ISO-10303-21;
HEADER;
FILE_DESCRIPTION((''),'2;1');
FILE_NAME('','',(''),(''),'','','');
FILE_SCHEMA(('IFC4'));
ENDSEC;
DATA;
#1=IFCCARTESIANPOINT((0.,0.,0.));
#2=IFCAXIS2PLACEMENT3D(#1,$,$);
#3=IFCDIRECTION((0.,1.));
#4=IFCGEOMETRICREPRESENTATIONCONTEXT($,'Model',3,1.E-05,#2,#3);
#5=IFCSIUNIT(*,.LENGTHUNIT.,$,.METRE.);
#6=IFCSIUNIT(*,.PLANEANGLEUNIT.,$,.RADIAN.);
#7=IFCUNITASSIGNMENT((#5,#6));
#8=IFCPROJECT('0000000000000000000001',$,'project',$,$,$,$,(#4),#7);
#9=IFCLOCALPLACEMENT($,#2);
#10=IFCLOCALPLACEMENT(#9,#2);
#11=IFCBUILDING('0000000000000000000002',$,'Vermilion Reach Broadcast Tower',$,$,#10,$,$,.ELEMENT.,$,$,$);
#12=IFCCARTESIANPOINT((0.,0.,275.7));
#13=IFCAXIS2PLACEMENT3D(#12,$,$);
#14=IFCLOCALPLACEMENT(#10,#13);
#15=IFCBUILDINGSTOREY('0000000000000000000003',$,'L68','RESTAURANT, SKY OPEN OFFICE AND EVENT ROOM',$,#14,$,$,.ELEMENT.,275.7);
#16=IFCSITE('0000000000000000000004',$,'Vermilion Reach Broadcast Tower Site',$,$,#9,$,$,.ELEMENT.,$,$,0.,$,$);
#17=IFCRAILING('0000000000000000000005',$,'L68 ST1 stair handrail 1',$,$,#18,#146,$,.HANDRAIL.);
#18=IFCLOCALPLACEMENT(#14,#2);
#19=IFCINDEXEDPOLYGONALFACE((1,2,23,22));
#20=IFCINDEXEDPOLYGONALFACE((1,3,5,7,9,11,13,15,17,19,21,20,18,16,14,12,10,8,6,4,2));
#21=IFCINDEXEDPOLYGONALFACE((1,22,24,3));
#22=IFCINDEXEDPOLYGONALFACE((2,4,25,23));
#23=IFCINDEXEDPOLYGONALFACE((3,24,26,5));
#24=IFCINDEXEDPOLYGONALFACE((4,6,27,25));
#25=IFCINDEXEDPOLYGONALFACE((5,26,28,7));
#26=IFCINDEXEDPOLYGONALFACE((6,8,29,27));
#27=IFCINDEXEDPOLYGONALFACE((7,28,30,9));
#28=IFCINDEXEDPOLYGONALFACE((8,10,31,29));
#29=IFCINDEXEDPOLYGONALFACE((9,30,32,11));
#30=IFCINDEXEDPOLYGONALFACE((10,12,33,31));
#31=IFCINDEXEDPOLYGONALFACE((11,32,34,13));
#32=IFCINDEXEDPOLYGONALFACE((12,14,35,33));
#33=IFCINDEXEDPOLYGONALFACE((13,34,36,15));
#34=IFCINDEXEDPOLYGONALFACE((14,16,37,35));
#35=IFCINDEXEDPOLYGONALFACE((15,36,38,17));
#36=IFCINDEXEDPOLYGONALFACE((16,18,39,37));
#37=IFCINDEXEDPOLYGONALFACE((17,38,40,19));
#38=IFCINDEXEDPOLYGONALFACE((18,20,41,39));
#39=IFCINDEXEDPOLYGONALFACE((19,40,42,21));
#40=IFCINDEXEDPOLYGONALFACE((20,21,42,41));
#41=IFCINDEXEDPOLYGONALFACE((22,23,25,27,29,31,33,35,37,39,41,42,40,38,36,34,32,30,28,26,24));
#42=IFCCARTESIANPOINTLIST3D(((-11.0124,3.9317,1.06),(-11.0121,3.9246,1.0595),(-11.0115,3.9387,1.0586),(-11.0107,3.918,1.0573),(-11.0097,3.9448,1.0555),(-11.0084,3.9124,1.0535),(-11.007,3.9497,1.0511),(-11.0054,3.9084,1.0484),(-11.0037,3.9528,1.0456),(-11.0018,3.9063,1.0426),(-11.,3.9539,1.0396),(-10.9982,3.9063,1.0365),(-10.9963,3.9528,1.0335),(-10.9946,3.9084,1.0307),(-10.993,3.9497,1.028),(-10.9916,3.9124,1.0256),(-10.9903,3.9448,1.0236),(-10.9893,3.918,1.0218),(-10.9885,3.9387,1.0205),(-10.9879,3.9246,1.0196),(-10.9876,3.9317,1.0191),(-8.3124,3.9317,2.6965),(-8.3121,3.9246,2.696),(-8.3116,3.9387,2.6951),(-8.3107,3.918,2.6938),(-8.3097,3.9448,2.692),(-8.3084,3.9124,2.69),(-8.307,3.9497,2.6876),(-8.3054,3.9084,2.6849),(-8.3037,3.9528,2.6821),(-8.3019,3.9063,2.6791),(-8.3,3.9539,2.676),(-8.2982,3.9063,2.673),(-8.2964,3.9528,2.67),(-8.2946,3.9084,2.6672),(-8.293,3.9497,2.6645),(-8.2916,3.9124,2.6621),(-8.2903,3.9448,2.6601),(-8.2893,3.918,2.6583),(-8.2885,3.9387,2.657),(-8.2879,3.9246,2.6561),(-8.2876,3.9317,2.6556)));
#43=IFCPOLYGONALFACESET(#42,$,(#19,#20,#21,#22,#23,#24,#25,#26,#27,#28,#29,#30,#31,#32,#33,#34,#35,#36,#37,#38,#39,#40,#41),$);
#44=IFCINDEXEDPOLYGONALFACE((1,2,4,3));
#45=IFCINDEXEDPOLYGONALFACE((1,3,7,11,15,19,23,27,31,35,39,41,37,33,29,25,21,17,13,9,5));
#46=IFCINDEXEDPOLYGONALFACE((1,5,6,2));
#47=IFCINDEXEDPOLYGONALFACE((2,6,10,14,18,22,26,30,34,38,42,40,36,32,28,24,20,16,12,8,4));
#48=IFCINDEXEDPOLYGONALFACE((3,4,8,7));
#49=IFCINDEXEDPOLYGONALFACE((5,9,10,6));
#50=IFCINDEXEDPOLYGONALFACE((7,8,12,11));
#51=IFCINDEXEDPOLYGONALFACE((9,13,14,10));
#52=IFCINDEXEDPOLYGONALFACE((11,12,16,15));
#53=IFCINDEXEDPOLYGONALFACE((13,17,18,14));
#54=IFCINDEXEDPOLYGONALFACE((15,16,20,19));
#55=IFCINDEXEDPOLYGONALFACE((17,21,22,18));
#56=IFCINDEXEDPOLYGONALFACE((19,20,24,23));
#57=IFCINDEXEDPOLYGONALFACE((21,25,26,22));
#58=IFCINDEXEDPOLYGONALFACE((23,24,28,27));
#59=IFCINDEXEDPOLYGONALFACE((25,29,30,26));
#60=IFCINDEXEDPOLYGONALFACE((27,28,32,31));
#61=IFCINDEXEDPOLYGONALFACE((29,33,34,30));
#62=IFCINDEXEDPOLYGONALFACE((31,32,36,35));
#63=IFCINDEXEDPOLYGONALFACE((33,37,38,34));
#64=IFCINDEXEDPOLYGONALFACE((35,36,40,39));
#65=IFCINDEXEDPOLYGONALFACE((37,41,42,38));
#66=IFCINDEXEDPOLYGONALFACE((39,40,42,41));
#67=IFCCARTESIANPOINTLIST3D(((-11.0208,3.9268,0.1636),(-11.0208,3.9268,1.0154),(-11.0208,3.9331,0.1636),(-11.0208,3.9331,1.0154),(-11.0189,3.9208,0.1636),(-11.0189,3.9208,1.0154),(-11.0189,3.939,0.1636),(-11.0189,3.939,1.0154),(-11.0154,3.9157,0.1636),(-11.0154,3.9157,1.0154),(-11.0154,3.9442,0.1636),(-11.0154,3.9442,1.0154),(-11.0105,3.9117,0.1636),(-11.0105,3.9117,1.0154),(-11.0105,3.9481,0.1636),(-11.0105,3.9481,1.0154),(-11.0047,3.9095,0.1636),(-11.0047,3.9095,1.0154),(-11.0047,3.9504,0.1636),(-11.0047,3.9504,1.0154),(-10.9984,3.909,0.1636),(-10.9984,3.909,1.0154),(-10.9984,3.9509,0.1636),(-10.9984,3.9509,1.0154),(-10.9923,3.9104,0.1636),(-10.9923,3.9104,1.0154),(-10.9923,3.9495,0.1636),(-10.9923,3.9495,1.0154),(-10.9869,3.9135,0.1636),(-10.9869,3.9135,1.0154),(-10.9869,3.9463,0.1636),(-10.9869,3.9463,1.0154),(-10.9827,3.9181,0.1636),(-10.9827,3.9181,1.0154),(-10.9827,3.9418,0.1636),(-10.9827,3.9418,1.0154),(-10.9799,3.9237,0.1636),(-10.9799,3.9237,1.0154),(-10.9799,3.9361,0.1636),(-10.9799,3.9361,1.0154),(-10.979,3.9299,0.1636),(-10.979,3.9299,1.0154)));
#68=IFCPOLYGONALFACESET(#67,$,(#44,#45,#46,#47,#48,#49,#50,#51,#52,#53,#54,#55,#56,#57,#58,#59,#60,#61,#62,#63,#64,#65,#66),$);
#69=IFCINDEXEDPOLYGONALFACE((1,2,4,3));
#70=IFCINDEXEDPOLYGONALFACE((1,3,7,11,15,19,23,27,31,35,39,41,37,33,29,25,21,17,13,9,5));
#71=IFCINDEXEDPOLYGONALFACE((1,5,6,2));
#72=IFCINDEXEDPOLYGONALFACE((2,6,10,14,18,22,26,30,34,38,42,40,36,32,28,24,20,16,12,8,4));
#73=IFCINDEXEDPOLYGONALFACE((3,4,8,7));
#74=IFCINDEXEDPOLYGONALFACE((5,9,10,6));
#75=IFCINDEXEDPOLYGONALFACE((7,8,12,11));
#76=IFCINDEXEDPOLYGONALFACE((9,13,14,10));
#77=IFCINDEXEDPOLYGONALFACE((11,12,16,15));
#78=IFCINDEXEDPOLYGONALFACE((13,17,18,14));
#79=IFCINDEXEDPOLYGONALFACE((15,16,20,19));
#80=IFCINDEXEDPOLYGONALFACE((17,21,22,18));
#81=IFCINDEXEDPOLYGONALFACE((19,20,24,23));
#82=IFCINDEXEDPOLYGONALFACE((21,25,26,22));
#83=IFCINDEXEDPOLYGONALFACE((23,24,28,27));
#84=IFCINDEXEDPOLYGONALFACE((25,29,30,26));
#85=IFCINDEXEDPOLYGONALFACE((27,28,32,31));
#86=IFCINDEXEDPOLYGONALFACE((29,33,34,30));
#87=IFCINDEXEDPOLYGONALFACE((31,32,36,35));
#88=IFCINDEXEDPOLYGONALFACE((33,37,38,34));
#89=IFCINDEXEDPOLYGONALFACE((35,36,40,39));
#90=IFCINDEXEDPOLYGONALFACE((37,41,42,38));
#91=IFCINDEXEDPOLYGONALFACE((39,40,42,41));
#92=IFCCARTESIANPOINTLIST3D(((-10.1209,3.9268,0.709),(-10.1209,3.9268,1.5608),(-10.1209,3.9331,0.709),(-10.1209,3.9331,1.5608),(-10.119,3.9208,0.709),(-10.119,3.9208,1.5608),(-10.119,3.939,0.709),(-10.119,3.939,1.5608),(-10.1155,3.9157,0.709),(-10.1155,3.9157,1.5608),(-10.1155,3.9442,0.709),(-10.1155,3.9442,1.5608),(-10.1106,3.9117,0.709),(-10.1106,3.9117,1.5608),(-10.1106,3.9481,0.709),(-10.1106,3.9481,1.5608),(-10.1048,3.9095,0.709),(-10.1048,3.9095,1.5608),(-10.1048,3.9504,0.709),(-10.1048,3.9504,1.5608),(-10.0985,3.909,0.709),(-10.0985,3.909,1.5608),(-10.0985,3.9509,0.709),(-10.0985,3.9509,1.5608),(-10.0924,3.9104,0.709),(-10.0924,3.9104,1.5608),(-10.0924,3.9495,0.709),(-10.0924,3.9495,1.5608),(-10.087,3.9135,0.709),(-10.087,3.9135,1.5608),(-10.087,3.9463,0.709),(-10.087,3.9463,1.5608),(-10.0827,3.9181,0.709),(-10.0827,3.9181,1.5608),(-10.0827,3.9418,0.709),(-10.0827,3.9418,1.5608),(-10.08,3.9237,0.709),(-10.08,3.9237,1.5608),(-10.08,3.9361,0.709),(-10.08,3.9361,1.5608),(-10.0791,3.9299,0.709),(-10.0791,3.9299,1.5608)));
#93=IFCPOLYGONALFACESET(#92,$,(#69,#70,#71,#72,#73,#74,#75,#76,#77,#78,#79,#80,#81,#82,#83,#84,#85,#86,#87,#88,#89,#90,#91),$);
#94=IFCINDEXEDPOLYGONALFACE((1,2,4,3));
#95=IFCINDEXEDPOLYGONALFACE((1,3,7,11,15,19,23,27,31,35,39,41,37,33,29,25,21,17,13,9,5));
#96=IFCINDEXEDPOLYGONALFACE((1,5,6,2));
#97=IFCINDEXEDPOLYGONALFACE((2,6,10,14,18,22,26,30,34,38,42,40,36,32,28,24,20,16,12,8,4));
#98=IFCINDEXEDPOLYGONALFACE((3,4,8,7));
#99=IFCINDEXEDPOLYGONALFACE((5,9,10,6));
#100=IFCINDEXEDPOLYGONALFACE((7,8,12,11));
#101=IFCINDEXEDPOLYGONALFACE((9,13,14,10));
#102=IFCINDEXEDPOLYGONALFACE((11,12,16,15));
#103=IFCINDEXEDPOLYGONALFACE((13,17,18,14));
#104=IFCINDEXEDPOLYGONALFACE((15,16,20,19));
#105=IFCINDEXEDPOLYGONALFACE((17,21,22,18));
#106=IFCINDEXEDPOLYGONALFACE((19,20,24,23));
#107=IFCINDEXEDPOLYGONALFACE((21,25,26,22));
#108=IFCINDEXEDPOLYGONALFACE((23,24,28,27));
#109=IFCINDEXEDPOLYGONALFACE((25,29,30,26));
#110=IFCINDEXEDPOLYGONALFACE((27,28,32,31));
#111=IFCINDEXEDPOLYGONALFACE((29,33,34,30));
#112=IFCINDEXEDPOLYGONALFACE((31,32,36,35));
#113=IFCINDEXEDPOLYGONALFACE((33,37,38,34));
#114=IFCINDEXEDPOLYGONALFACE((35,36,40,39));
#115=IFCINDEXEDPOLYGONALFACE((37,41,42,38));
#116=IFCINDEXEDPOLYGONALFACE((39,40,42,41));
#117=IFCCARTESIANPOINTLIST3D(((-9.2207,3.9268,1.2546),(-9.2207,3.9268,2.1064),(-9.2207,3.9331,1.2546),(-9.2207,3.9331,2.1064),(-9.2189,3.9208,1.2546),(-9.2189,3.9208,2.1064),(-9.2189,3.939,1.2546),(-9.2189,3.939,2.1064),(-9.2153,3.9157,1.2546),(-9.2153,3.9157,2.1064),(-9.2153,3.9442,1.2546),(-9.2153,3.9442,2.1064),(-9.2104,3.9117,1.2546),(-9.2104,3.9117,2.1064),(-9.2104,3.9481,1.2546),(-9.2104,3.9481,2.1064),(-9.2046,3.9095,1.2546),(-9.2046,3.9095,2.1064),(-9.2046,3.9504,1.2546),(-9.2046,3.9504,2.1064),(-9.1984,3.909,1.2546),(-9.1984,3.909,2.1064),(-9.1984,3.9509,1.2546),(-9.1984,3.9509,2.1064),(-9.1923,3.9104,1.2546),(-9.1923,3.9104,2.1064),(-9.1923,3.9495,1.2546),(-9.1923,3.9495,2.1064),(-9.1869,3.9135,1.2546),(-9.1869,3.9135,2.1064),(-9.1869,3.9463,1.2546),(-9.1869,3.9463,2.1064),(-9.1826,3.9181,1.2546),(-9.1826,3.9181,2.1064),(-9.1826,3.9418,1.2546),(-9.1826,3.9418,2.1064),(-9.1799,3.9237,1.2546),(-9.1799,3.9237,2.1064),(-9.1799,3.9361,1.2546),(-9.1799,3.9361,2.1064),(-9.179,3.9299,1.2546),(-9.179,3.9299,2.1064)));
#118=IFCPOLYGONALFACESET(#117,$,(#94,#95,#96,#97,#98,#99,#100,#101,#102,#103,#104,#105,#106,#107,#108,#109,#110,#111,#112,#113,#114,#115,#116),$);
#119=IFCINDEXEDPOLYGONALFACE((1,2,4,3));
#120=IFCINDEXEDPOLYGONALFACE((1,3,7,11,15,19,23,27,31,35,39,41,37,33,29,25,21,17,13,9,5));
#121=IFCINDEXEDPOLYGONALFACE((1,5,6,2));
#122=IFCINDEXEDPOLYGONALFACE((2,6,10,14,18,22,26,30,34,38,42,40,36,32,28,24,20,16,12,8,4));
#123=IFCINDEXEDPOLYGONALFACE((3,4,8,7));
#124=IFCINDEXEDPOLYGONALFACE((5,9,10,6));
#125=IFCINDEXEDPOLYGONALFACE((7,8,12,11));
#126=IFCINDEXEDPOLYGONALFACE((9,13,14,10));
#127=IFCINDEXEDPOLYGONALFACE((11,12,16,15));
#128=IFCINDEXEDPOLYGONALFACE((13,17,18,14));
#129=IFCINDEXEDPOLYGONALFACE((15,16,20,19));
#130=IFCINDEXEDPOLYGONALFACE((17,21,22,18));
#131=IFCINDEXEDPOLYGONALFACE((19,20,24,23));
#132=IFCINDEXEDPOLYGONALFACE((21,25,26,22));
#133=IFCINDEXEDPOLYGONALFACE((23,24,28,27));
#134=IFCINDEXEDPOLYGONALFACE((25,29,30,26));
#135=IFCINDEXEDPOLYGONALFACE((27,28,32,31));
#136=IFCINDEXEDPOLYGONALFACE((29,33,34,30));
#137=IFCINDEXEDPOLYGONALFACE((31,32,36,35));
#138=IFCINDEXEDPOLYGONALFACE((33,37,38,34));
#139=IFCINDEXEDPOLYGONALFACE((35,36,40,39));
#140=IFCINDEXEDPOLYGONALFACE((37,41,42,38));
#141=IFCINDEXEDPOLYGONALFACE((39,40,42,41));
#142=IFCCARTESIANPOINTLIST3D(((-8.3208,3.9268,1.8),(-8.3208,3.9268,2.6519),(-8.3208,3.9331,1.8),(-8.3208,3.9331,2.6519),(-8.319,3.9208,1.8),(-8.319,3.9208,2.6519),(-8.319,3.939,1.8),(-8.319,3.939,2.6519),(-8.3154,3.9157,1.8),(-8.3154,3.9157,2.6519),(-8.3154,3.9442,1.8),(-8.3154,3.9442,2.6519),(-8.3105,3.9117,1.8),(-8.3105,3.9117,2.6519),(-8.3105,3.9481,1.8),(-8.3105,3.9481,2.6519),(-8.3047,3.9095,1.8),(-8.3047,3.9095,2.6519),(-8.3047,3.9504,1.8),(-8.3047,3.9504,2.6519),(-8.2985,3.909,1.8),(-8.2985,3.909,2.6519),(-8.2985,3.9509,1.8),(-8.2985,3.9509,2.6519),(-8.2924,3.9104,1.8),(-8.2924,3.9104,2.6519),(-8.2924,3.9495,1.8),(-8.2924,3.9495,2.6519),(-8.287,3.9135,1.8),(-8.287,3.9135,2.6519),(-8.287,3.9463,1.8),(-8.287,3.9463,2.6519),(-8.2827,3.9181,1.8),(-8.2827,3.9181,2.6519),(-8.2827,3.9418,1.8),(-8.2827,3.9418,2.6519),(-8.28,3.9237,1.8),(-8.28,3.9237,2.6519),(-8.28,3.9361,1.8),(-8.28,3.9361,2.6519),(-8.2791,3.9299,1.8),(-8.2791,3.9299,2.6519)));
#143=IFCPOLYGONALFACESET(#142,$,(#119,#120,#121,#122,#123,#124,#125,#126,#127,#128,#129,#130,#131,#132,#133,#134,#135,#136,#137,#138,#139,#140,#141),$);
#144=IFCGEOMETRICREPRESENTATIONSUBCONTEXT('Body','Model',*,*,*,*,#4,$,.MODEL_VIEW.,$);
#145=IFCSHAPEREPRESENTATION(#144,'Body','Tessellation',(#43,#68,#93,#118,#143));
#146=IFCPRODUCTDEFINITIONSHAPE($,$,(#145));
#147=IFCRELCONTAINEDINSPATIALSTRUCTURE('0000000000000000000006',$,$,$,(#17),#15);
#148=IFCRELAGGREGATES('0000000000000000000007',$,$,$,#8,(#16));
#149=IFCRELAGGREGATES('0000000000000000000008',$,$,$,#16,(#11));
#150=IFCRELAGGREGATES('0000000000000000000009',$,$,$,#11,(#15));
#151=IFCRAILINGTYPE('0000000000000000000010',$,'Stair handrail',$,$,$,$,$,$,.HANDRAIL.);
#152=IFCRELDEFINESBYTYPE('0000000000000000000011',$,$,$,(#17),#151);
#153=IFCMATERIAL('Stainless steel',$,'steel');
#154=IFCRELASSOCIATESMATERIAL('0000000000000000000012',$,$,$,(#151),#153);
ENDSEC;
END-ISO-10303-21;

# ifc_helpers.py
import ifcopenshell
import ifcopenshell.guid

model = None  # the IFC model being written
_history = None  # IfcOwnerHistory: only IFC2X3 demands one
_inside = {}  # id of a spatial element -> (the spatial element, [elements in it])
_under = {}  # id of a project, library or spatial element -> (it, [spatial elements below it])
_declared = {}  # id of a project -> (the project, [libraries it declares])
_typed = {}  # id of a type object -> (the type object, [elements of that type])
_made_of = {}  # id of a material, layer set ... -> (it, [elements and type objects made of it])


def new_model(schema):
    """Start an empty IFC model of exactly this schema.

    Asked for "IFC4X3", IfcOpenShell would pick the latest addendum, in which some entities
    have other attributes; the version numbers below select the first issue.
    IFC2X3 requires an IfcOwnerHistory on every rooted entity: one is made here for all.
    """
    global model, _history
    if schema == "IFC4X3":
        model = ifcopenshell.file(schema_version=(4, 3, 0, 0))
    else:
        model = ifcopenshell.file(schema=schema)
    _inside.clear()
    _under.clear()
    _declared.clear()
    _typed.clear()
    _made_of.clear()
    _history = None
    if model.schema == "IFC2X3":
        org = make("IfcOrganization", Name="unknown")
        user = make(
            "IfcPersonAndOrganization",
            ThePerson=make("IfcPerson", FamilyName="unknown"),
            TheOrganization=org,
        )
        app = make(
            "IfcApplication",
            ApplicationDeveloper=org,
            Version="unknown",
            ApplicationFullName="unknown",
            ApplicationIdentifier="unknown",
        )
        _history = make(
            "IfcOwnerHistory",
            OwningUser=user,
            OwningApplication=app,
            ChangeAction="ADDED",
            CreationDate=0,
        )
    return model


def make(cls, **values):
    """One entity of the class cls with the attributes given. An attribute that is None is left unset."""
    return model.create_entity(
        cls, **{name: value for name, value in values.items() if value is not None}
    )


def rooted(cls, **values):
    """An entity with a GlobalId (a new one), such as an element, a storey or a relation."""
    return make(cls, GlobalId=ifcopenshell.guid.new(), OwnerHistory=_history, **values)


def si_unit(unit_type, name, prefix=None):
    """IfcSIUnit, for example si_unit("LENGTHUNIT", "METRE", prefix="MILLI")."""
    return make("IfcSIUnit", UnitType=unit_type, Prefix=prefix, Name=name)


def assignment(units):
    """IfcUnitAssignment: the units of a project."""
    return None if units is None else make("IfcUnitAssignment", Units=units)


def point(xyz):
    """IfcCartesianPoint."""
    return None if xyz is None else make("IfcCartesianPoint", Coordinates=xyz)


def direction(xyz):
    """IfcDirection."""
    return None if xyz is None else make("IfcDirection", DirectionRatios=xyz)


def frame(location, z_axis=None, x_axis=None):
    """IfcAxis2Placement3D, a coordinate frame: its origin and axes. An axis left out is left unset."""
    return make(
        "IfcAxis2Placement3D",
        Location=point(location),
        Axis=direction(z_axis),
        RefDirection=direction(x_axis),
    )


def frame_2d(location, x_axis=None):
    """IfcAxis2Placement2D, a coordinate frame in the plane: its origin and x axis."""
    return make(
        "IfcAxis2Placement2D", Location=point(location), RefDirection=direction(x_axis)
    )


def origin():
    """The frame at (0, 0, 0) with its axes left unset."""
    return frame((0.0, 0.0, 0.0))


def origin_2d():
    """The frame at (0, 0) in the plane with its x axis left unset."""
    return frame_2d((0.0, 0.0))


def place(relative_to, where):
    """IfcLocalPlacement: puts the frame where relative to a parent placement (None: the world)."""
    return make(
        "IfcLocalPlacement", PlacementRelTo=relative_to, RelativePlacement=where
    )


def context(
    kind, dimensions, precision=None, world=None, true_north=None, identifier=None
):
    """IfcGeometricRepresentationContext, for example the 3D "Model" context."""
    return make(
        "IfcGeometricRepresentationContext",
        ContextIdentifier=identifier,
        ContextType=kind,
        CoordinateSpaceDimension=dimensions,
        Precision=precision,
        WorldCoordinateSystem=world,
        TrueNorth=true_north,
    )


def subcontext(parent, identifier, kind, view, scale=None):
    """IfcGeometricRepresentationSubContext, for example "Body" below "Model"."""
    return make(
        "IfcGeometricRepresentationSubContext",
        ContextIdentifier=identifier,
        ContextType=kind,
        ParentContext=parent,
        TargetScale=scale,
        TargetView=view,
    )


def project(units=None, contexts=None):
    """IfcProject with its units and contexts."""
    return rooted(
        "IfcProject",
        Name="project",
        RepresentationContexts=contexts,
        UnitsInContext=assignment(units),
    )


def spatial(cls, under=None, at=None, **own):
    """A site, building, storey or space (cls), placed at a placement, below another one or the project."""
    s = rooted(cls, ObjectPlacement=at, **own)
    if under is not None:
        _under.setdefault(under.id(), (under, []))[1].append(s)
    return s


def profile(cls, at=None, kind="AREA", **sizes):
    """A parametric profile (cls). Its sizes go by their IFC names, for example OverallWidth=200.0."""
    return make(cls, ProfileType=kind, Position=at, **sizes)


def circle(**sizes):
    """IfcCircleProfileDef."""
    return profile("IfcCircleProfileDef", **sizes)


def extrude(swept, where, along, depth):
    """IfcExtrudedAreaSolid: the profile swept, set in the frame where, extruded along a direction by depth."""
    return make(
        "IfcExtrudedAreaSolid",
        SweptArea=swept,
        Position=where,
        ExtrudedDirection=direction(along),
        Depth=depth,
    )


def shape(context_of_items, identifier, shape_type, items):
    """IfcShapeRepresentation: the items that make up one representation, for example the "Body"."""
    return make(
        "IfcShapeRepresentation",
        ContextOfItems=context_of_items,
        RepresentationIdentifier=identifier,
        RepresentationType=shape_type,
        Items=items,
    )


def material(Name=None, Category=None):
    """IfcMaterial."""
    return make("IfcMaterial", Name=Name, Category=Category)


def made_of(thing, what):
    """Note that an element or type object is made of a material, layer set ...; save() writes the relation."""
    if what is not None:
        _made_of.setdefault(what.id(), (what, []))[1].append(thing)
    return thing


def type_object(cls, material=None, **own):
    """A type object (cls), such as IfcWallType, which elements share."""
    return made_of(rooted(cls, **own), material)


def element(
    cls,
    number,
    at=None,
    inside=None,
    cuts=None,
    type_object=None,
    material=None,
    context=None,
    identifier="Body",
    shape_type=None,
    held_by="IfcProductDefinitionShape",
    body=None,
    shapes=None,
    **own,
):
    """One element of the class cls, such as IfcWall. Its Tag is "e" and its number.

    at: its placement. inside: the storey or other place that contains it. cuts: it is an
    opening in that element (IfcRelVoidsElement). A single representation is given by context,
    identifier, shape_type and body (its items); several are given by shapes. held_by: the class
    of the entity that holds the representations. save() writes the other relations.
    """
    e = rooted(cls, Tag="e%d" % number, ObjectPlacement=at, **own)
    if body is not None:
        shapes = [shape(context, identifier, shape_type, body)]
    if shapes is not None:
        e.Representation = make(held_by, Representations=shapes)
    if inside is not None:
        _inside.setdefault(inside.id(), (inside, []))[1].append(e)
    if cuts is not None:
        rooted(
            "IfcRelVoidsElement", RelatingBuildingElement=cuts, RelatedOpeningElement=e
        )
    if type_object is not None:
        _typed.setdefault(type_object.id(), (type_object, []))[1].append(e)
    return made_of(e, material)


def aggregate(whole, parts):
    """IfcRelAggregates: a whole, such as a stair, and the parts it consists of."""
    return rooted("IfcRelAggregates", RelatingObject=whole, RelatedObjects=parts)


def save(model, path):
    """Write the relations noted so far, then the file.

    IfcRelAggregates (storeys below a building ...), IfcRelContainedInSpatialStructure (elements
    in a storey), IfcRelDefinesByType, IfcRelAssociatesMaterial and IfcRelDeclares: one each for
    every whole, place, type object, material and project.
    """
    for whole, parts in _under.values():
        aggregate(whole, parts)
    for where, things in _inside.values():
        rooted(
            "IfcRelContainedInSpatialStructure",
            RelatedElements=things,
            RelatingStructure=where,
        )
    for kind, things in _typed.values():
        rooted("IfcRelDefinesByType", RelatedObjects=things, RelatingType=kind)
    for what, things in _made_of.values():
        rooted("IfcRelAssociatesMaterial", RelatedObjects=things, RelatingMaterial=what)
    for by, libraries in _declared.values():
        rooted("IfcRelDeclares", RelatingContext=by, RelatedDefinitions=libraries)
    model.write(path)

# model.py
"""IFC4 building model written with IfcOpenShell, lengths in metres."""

from ifc_helpers import new_model, si_unit, direction, frame, origin, origin_2d, place, context, subcontext, project, spatial, circle, extrude, material, type_object, element, save


model = new_model("IFC4")

# Units and contexts
model_context = context("Model", 3, precision=1e-05, world=origin(), true_north=direction((0.0, 1.0)))
body_context = subcontext(model_context, "Body", "Model", "MODEL_VIEW")
ifc_project = project(units=[si_unit("LENGTHUNIT", "METRE"), si_unit("PLANEANGLEUNIT", "RADIAN")], contexts=[model_context])

# Site, building, storey
site_placement = place(None, origin())
site = spatial("IfcSite", under=ifc_project, at=site_placement, Name="Vermilion Reach Broadcast Tower Site", CompositionType="ELEMENT", RefElevation=0.0)
building_placement = place(site_placement, origin())
building = spatial("IfcBuilding", under=site, at=building_placement, Name="Vermilion Reach Broadcast Tower", CompositionType="ELEMENT")
storey_placement = place(building_placement, frame((0.0, 0.0, 275.7)))
storey = spatial("IfcBuildingStorey", under=building, at=storey_placement, Name="L68", Description="RESTAURANT, SKY OPEN OFFICE AND EVENT ROOM", CompositionType="ELEMENT", Elevation=275.7)

# Railing
ifc_material_1 = material(Name="Stainless steel", Category="steel")
railing_type_1 = type_object("IfcRailingType", Name="Stair handrail", PredefinedType="HANDRAIL", material=ifc_material_1)
railing_1_placement = place(storey_placement, frame((-11.0, 3.9299, 0.1636)))
element("IfcRailing", 1, at=railing_1_placement, inside=storey, type_object=railing_type_1, Name="L68 ST1 stair handrail 1", PredefinedType="HANDRAIL", context=body_context, shape_type="SweptSolid", body=[
    extrude(circle(Radius=0.0239, at=origin_2d()), frame((0.0, 0.0, 0.876), z_axis=(0.855178, 0.0, 0.518334), x_axis=(0.0, 1.0, 0.0)), (0.0, 0.0, 1.0), 3.1572),
    extrude(circle(Radius=0.021, at=origin_2d()), origin(), (0.0, 0.0, 1.0), 0.8518),
    extrude(circle(Radius=0.021, at=origin_2d()), frame((0.8999, 0.0, 0.5454)), (0.0, 0.0, 1.0), 0.8518),
    extrude(circle(Radius=0.021, at=origin_2d()), frame((1.8, 0.0, 1.0911)), (0.0, 0.0, 1.0), 0.8518),
    extrude(circle(Radius=0.021, at=origin_2d()), frame((2.7, 0.0, 1.6365)), (0.0, 0.0, 1.0), 0.8518),
])

save(model, "model.ifc")
